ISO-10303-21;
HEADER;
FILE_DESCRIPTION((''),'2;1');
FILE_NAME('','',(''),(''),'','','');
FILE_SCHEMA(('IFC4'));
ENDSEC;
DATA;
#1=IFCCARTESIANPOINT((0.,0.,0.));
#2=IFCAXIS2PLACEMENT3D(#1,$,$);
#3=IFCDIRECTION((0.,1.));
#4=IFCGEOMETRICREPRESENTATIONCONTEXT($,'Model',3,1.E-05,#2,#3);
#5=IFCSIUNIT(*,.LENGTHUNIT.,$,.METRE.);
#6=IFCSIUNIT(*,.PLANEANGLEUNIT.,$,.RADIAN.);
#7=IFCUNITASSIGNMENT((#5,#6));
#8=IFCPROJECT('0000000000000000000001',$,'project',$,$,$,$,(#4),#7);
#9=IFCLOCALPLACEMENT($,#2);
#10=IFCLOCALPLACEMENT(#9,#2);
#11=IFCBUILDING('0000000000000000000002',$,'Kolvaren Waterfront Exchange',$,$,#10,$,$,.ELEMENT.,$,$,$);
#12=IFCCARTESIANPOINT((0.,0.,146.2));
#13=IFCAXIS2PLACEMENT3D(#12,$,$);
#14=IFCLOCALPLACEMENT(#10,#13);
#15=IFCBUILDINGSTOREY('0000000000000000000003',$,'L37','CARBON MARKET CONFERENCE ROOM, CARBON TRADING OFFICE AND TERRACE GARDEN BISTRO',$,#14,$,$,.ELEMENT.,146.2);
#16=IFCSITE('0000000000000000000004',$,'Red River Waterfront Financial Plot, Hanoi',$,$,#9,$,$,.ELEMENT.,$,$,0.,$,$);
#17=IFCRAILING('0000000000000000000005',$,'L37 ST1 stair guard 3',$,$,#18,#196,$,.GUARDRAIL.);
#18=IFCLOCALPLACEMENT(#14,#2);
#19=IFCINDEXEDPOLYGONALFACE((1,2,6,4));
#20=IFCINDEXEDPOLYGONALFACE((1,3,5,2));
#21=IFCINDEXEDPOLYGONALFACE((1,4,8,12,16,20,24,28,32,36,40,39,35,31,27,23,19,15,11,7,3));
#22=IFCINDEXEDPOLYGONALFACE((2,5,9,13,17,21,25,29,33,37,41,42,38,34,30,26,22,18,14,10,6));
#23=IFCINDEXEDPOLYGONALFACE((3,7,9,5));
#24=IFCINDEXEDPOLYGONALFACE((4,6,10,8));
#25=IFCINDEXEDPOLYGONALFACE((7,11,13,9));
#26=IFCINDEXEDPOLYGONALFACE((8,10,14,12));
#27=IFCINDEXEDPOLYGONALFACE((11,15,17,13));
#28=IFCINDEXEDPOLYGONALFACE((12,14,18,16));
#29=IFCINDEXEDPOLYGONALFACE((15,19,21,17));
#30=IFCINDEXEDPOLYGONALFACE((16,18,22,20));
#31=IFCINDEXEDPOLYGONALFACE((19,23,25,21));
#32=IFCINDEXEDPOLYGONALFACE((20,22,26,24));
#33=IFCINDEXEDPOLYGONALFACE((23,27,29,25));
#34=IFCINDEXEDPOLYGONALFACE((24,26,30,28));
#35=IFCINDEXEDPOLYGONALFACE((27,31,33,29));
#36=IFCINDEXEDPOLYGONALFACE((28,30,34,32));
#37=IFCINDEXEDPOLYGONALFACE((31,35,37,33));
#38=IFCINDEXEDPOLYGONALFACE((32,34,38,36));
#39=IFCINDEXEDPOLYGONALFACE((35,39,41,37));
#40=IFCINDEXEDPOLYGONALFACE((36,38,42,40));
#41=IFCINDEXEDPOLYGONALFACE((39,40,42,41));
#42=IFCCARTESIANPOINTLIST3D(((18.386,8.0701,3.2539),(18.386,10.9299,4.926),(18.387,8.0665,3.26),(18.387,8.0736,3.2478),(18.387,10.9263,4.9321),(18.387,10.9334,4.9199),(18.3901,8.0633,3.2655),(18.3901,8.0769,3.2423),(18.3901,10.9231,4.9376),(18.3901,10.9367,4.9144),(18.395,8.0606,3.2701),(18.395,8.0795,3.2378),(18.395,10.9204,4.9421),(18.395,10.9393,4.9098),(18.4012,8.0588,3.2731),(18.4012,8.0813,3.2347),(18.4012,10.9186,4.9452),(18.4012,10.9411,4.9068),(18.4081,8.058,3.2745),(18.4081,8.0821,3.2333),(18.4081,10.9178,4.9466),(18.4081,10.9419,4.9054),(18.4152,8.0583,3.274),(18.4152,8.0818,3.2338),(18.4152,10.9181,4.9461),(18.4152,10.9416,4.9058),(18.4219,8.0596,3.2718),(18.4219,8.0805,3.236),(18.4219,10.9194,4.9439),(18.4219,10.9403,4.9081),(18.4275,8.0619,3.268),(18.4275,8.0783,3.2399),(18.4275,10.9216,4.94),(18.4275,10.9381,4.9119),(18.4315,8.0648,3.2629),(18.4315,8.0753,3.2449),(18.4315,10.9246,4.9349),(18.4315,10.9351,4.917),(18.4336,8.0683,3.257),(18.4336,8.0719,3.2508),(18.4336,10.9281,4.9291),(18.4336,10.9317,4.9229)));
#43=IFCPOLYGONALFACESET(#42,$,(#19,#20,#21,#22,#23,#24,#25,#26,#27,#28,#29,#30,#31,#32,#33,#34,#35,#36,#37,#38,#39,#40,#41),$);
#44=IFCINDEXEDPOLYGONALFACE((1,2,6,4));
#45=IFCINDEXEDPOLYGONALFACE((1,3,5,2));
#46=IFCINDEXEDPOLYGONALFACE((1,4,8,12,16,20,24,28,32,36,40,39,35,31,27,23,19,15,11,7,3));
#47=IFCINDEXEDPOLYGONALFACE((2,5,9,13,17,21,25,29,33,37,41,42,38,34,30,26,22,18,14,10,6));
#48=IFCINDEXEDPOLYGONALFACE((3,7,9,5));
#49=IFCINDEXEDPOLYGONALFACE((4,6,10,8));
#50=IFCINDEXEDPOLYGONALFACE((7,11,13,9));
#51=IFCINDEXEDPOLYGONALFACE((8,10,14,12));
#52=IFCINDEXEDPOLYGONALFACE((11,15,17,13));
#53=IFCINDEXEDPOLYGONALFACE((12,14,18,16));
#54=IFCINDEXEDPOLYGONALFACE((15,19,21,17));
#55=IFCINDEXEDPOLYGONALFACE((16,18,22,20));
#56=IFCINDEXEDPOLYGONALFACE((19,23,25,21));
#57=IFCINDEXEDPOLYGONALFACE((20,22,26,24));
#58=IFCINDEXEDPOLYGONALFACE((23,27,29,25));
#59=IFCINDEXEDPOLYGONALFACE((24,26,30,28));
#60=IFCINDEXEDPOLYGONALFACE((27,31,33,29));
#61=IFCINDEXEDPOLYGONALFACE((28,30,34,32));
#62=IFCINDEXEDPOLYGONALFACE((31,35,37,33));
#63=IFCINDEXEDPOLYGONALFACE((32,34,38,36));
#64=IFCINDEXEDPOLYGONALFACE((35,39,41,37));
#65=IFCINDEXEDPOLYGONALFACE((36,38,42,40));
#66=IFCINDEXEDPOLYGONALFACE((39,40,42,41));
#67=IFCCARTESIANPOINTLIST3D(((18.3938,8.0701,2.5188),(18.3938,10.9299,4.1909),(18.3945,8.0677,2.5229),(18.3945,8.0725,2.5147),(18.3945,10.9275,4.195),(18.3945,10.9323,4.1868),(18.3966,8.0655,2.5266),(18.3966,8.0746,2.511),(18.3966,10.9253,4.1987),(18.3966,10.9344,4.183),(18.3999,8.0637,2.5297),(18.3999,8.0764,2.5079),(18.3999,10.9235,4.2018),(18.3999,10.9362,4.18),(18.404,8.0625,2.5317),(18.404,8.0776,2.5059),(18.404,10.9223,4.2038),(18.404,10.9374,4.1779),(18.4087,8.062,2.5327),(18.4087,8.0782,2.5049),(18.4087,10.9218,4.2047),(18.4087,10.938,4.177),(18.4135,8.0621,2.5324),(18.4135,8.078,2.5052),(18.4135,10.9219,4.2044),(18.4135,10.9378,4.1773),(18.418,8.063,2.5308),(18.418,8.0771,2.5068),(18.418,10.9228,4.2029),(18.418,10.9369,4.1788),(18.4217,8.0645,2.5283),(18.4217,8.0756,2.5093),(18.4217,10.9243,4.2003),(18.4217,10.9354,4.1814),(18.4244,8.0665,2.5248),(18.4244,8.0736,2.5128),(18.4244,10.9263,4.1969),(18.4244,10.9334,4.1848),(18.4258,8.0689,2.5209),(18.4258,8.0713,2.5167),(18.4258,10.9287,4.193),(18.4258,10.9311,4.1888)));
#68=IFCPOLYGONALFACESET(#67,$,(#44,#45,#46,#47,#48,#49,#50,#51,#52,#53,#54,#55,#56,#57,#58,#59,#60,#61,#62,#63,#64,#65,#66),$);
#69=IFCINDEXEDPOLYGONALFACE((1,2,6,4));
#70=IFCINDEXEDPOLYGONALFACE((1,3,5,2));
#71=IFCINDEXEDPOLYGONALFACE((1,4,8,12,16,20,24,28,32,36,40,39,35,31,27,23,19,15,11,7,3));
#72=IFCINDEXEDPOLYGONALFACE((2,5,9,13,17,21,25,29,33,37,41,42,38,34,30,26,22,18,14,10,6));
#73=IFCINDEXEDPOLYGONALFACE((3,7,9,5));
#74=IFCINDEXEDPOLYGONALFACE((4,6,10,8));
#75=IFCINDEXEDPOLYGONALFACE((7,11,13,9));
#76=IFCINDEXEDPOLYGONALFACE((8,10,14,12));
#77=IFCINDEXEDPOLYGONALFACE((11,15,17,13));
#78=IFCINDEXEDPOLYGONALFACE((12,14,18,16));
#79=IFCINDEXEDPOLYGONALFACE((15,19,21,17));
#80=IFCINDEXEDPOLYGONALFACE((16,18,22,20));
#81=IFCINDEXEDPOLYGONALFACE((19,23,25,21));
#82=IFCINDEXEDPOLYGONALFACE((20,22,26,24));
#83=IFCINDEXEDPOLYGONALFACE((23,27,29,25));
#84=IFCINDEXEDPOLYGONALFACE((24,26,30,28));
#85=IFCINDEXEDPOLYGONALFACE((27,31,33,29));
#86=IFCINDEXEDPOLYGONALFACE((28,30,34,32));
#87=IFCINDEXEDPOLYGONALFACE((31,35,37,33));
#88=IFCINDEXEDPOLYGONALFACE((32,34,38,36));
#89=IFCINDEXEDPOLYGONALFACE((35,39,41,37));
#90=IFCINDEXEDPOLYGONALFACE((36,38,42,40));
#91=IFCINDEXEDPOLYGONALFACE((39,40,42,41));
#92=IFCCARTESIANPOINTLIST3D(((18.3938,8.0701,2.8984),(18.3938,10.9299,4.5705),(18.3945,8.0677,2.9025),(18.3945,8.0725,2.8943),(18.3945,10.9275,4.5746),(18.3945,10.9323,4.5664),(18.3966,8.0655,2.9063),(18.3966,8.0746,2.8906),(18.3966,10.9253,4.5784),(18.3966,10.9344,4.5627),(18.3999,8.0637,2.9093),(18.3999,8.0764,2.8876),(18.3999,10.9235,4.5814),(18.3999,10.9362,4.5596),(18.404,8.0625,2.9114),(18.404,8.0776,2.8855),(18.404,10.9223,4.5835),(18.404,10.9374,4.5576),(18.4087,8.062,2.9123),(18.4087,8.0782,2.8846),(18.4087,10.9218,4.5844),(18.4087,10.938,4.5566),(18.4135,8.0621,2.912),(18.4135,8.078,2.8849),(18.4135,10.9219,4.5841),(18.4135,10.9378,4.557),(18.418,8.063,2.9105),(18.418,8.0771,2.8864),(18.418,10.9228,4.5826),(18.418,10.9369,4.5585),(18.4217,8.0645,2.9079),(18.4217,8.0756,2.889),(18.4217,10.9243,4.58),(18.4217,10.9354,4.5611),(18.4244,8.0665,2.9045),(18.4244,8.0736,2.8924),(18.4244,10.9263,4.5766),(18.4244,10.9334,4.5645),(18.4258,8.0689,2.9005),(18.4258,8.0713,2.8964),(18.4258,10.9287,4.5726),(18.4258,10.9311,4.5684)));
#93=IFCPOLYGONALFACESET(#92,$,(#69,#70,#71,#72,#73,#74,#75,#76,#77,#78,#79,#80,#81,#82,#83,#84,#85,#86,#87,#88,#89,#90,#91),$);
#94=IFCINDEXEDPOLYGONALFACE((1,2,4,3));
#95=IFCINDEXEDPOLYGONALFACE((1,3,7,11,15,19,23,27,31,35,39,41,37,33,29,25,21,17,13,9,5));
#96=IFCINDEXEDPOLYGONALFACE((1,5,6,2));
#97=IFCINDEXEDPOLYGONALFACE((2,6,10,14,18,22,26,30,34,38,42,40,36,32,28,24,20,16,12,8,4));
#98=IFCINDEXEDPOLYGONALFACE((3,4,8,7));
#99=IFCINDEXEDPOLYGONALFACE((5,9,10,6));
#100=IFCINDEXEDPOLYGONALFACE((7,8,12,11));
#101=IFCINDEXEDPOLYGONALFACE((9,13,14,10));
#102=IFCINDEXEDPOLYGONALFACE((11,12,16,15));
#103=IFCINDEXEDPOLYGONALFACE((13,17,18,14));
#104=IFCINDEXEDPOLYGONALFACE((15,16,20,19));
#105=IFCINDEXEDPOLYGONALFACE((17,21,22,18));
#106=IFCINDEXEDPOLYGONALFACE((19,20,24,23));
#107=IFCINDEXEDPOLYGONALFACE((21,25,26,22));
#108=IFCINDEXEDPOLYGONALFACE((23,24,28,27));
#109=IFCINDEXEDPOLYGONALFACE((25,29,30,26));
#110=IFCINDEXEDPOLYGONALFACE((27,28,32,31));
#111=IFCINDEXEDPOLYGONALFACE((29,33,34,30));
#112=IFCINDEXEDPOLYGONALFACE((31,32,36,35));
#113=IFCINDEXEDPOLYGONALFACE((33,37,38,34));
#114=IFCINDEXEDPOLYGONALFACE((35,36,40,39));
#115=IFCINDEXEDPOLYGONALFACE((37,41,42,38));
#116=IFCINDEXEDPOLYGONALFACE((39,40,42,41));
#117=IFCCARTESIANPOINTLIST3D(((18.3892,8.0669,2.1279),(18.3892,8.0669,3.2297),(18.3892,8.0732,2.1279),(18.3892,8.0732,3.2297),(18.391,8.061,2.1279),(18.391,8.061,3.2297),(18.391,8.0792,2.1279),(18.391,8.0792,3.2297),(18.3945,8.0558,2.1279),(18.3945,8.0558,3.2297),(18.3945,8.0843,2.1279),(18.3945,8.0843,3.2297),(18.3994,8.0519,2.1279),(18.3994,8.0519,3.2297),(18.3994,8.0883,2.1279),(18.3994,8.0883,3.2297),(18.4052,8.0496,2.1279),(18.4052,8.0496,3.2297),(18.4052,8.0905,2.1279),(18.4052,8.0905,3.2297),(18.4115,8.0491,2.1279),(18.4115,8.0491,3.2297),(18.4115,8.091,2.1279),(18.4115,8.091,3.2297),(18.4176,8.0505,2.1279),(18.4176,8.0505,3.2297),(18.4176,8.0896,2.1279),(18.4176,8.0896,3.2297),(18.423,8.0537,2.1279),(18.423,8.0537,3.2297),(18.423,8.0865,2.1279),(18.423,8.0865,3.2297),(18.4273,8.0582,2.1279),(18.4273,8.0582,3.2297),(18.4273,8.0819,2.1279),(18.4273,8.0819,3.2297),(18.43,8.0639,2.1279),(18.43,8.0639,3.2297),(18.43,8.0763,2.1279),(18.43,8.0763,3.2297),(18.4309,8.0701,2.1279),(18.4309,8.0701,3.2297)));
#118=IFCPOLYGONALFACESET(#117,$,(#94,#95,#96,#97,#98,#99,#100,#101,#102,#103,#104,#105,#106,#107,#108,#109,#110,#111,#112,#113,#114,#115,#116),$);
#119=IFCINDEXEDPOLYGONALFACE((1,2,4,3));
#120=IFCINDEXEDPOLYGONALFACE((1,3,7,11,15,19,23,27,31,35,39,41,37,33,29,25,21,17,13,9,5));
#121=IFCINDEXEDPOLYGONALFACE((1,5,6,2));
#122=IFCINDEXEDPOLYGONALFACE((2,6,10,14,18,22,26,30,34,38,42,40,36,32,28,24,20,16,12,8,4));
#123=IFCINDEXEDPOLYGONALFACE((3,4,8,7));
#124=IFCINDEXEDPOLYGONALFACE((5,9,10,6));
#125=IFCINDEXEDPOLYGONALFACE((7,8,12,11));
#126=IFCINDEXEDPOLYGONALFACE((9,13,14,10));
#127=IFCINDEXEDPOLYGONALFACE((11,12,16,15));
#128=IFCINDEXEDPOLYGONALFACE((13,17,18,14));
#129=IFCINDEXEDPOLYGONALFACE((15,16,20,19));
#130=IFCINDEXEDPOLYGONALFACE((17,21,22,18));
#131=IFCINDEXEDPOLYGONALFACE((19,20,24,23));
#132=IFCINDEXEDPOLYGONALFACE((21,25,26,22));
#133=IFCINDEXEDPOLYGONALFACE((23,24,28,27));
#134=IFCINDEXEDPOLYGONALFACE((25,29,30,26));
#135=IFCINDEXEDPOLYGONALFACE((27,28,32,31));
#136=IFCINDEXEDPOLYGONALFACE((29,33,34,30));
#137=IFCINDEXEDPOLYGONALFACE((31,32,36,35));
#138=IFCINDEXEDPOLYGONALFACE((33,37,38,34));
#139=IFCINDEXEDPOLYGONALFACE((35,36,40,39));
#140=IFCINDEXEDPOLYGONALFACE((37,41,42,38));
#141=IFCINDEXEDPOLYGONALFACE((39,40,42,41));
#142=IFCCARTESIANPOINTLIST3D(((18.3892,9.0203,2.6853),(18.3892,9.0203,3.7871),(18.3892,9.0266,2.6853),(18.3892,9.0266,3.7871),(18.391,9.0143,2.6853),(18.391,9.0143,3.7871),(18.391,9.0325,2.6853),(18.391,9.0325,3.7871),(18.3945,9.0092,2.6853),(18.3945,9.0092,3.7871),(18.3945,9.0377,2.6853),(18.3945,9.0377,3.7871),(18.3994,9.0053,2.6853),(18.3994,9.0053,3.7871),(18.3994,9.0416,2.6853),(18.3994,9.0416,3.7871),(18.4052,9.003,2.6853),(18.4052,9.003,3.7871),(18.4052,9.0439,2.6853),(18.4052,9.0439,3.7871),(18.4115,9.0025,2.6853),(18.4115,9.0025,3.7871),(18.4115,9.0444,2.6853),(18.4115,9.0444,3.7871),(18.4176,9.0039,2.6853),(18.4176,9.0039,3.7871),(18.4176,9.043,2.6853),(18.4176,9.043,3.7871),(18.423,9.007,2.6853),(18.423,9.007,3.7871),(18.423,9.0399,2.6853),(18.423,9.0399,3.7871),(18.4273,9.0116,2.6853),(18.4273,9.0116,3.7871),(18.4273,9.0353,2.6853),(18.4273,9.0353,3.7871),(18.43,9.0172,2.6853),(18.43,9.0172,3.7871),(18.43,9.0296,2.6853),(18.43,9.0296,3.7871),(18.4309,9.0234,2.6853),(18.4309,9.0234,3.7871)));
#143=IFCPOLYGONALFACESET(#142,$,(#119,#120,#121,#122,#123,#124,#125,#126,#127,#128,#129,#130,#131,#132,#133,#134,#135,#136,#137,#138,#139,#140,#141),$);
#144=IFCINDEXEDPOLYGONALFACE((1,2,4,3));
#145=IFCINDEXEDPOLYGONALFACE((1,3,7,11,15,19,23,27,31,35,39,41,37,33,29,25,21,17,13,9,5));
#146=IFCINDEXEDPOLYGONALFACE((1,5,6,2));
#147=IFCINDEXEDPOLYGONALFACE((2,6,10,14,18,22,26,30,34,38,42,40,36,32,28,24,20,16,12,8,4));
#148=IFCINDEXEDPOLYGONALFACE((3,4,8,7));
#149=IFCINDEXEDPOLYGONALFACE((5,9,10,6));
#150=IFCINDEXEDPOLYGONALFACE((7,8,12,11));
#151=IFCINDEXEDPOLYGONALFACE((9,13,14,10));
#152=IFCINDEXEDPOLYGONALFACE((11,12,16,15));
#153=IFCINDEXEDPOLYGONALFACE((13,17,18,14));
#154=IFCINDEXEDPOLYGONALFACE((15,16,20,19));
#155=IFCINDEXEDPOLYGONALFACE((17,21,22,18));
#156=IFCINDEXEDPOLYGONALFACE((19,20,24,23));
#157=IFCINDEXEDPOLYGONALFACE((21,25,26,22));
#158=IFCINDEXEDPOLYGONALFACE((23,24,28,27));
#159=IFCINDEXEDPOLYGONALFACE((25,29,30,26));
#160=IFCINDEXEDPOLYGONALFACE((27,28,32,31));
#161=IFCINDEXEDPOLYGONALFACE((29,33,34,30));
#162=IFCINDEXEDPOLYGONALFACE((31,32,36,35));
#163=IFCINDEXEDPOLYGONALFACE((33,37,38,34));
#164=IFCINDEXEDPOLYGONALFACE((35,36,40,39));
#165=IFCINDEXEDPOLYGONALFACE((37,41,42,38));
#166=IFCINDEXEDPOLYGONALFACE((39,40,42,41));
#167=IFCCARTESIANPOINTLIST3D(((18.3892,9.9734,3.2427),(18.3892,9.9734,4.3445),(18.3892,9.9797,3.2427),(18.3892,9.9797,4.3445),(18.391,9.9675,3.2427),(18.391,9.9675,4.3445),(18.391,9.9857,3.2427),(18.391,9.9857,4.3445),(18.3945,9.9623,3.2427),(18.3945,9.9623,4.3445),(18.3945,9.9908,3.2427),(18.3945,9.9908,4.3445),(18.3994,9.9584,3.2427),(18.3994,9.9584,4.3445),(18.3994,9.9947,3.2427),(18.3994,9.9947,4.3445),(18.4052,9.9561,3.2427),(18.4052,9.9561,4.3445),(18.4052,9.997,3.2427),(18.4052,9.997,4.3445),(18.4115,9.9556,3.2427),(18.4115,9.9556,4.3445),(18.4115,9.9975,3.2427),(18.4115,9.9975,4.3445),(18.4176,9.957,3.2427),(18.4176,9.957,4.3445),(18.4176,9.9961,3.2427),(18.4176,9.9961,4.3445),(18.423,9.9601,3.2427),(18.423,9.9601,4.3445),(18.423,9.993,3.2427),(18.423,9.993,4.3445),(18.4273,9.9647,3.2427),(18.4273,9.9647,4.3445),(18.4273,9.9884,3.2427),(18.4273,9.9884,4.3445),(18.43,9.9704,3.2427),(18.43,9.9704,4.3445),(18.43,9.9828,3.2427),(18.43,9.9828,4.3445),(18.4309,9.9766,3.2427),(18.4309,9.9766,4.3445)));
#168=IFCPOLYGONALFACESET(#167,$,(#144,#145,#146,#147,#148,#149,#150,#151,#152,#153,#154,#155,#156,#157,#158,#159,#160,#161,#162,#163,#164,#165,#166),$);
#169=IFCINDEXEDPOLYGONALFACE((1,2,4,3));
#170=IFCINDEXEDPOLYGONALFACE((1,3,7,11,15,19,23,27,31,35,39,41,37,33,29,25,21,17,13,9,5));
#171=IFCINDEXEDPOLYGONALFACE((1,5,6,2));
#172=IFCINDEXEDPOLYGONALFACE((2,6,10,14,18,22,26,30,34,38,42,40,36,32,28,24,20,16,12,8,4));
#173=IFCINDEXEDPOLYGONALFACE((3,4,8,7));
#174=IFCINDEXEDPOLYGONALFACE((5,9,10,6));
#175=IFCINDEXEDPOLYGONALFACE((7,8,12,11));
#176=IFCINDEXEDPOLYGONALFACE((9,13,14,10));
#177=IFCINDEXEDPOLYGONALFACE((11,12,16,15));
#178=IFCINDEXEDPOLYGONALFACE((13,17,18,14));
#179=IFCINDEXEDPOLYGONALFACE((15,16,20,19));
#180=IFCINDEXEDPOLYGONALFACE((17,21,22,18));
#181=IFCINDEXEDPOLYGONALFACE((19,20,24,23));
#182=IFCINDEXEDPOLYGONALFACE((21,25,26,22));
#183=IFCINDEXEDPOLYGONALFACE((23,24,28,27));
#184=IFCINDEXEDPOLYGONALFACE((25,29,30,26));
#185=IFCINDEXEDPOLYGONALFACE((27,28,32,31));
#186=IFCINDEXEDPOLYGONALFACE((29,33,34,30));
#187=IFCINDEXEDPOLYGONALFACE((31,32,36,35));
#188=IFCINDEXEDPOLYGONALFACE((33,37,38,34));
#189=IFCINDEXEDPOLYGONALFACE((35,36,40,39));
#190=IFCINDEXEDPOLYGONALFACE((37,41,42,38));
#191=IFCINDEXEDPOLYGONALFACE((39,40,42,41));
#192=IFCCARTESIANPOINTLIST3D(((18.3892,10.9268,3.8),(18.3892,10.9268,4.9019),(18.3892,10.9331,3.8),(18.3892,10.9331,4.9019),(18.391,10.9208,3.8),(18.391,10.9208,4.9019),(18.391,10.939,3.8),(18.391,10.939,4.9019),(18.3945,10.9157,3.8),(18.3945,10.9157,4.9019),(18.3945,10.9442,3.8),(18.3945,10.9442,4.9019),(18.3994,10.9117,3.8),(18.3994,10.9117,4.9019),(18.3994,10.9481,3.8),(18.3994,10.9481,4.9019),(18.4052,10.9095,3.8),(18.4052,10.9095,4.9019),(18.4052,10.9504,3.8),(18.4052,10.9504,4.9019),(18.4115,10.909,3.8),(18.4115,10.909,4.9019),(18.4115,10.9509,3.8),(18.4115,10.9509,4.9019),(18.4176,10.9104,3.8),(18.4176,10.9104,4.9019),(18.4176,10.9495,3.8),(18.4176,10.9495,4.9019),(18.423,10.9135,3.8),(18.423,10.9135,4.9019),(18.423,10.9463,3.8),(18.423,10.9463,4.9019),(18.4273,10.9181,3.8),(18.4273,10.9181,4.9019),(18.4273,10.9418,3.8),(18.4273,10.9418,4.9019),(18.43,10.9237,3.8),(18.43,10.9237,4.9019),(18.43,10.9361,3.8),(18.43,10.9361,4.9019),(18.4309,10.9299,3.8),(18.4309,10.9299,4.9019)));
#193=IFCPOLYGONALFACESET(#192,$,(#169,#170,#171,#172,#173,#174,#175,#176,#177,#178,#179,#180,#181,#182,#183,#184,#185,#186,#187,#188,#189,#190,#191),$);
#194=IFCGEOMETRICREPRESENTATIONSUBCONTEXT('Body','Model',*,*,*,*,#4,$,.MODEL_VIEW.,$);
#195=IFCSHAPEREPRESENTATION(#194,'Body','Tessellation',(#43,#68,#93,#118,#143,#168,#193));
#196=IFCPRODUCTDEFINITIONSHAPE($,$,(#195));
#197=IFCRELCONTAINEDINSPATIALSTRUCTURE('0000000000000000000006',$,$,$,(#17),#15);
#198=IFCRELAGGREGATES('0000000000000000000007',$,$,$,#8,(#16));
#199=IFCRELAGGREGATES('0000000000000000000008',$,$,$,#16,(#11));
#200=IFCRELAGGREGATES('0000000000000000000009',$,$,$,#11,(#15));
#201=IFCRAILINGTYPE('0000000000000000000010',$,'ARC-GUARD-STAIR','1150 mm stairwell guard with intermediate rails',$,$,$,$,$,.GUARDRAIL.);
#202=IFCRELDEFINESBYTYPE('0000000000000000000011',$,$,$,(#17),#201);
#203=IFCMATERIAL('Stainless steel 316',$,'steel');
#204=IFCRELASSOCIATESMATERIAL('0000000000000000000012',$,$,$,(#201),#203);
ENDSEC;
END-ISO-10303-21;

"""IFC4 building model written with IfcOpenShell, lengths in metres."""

from ifc_helpers import new_model, si_unit, direction, frame, origin, origin_2d, place, context, subcontext, project, spatial, circle, extrude, material, type_object, element, save


model = new_model("IFC4")

# Units and contexts
model_context = context("Model", 3, precision=1e-05, world=origin(), true_north=direction((0.0, 1.0)))
body_context = subcontext(model_context, "Body", "Model", "MODEL_VIEW")
ifc_project = project(units=[si_unit("LENGTHUNIT", "METRE"), si_unit("PLANEANGLEUNIT", "RADIAN")], contexts=[model_context])

# Site, building, storey
site_placement = place(None, origin())
site = spatial("IfcSite", under=ifc_project, at=site_placement, Name="Red River Waterfront Financial Plot, Hanoi", CompositionType="ELEMENT", RefElevation=0.0)
building_placement = place(site_placement, origin())
building = spatial("IfcBuilding", under=site, at=building_placement, Name="Kolvaren Waterfront Exchange", CompositionType="ELEMENT")
storey_placement = place(building_placement, frame((0.0, 0.0, 146.2)))
storey = spatial("IfcBuildingStorey", under=building, at=storey_placement, Name="L37", Description="CARBON MARKET CONFERENCE ROOM, CARBON TRADING OFFICE AND TERRACE GARDEN BISTRO", CompositionType="ELEMENT", Elevation=146.2)

# Railing
ifc_material_1 = material(Name="Stainless steel 316", Category="steel")
railing_type_1 = type_object("IfcRailingType", Name="ARC-GUARD-STAIR", Description="1150 mm stairwell guard with intermediate rails", PredefinedType="GUARDRAIL", material=ifc_material_1)
railing_1_placement = place(storey_placement, frame((18.4099, 8.0701, 2.1279)))
element("IfcRailing", 1, at=railing_1_placement, inside=storey, type_object=railing_type_1, Name="L37 ST1 stair guard 3", PredefinedType="GUARDRAIL", context=body_context, shape_type="SweptSolid", body=[
    extrude(circle(Radius=0.0239, at=origin_2d()), frame((0.0, 0.0, 1.126), z_axis=(0.0, 0.863271, 0.504741), x_axis=(-1.0, 0.0, 0.0)), (0.0, 0.0, 1.0), 3.3127),
    extrude(circle(Radius=0.0161, at=origin_2d()), frame((0.0, 0.0, 0.3909), z_axis=(0.0, 0.863271, 0.504741), x_axis=(-1.0, 0.0, 0.0)), (0.0, 0.0, 1.0), 3.3127),
    extrude(circle(Radius=0.0161, at=origin_2d()), frame((0.0, 0.0, 0.7705), z_axis=(0.0, 0.863271, 0.504741), x_axis=(-1.0, 0.0, 0.0)), (0.0, 0.0, 1.0), 3.3127),
    extrude(circle(Radius=0.021, at=origin_2d()), origin(), (0.0, 0.0, 1.0), 1.1018),
    extrude(circle(Radius=0.021, at=origin_2d()), frame((0.0, 0.9534, 0.5574)), (0.0, 0.0, 1.0), 1.1018),
    extrude(circle(Radius=0.021, at=origin_2d()), frame((0.0, 1.9065, 1.1147)), (0.0, 0.0, 1.0), 1.1018),
    extrude(circle(Radius=0.021, at=origin_2d()), frame((0.0, 2.8599, 1.6721)), (0.0, 0.0, 1.0), 1.1018),
])

save(model, "model.ifc")
